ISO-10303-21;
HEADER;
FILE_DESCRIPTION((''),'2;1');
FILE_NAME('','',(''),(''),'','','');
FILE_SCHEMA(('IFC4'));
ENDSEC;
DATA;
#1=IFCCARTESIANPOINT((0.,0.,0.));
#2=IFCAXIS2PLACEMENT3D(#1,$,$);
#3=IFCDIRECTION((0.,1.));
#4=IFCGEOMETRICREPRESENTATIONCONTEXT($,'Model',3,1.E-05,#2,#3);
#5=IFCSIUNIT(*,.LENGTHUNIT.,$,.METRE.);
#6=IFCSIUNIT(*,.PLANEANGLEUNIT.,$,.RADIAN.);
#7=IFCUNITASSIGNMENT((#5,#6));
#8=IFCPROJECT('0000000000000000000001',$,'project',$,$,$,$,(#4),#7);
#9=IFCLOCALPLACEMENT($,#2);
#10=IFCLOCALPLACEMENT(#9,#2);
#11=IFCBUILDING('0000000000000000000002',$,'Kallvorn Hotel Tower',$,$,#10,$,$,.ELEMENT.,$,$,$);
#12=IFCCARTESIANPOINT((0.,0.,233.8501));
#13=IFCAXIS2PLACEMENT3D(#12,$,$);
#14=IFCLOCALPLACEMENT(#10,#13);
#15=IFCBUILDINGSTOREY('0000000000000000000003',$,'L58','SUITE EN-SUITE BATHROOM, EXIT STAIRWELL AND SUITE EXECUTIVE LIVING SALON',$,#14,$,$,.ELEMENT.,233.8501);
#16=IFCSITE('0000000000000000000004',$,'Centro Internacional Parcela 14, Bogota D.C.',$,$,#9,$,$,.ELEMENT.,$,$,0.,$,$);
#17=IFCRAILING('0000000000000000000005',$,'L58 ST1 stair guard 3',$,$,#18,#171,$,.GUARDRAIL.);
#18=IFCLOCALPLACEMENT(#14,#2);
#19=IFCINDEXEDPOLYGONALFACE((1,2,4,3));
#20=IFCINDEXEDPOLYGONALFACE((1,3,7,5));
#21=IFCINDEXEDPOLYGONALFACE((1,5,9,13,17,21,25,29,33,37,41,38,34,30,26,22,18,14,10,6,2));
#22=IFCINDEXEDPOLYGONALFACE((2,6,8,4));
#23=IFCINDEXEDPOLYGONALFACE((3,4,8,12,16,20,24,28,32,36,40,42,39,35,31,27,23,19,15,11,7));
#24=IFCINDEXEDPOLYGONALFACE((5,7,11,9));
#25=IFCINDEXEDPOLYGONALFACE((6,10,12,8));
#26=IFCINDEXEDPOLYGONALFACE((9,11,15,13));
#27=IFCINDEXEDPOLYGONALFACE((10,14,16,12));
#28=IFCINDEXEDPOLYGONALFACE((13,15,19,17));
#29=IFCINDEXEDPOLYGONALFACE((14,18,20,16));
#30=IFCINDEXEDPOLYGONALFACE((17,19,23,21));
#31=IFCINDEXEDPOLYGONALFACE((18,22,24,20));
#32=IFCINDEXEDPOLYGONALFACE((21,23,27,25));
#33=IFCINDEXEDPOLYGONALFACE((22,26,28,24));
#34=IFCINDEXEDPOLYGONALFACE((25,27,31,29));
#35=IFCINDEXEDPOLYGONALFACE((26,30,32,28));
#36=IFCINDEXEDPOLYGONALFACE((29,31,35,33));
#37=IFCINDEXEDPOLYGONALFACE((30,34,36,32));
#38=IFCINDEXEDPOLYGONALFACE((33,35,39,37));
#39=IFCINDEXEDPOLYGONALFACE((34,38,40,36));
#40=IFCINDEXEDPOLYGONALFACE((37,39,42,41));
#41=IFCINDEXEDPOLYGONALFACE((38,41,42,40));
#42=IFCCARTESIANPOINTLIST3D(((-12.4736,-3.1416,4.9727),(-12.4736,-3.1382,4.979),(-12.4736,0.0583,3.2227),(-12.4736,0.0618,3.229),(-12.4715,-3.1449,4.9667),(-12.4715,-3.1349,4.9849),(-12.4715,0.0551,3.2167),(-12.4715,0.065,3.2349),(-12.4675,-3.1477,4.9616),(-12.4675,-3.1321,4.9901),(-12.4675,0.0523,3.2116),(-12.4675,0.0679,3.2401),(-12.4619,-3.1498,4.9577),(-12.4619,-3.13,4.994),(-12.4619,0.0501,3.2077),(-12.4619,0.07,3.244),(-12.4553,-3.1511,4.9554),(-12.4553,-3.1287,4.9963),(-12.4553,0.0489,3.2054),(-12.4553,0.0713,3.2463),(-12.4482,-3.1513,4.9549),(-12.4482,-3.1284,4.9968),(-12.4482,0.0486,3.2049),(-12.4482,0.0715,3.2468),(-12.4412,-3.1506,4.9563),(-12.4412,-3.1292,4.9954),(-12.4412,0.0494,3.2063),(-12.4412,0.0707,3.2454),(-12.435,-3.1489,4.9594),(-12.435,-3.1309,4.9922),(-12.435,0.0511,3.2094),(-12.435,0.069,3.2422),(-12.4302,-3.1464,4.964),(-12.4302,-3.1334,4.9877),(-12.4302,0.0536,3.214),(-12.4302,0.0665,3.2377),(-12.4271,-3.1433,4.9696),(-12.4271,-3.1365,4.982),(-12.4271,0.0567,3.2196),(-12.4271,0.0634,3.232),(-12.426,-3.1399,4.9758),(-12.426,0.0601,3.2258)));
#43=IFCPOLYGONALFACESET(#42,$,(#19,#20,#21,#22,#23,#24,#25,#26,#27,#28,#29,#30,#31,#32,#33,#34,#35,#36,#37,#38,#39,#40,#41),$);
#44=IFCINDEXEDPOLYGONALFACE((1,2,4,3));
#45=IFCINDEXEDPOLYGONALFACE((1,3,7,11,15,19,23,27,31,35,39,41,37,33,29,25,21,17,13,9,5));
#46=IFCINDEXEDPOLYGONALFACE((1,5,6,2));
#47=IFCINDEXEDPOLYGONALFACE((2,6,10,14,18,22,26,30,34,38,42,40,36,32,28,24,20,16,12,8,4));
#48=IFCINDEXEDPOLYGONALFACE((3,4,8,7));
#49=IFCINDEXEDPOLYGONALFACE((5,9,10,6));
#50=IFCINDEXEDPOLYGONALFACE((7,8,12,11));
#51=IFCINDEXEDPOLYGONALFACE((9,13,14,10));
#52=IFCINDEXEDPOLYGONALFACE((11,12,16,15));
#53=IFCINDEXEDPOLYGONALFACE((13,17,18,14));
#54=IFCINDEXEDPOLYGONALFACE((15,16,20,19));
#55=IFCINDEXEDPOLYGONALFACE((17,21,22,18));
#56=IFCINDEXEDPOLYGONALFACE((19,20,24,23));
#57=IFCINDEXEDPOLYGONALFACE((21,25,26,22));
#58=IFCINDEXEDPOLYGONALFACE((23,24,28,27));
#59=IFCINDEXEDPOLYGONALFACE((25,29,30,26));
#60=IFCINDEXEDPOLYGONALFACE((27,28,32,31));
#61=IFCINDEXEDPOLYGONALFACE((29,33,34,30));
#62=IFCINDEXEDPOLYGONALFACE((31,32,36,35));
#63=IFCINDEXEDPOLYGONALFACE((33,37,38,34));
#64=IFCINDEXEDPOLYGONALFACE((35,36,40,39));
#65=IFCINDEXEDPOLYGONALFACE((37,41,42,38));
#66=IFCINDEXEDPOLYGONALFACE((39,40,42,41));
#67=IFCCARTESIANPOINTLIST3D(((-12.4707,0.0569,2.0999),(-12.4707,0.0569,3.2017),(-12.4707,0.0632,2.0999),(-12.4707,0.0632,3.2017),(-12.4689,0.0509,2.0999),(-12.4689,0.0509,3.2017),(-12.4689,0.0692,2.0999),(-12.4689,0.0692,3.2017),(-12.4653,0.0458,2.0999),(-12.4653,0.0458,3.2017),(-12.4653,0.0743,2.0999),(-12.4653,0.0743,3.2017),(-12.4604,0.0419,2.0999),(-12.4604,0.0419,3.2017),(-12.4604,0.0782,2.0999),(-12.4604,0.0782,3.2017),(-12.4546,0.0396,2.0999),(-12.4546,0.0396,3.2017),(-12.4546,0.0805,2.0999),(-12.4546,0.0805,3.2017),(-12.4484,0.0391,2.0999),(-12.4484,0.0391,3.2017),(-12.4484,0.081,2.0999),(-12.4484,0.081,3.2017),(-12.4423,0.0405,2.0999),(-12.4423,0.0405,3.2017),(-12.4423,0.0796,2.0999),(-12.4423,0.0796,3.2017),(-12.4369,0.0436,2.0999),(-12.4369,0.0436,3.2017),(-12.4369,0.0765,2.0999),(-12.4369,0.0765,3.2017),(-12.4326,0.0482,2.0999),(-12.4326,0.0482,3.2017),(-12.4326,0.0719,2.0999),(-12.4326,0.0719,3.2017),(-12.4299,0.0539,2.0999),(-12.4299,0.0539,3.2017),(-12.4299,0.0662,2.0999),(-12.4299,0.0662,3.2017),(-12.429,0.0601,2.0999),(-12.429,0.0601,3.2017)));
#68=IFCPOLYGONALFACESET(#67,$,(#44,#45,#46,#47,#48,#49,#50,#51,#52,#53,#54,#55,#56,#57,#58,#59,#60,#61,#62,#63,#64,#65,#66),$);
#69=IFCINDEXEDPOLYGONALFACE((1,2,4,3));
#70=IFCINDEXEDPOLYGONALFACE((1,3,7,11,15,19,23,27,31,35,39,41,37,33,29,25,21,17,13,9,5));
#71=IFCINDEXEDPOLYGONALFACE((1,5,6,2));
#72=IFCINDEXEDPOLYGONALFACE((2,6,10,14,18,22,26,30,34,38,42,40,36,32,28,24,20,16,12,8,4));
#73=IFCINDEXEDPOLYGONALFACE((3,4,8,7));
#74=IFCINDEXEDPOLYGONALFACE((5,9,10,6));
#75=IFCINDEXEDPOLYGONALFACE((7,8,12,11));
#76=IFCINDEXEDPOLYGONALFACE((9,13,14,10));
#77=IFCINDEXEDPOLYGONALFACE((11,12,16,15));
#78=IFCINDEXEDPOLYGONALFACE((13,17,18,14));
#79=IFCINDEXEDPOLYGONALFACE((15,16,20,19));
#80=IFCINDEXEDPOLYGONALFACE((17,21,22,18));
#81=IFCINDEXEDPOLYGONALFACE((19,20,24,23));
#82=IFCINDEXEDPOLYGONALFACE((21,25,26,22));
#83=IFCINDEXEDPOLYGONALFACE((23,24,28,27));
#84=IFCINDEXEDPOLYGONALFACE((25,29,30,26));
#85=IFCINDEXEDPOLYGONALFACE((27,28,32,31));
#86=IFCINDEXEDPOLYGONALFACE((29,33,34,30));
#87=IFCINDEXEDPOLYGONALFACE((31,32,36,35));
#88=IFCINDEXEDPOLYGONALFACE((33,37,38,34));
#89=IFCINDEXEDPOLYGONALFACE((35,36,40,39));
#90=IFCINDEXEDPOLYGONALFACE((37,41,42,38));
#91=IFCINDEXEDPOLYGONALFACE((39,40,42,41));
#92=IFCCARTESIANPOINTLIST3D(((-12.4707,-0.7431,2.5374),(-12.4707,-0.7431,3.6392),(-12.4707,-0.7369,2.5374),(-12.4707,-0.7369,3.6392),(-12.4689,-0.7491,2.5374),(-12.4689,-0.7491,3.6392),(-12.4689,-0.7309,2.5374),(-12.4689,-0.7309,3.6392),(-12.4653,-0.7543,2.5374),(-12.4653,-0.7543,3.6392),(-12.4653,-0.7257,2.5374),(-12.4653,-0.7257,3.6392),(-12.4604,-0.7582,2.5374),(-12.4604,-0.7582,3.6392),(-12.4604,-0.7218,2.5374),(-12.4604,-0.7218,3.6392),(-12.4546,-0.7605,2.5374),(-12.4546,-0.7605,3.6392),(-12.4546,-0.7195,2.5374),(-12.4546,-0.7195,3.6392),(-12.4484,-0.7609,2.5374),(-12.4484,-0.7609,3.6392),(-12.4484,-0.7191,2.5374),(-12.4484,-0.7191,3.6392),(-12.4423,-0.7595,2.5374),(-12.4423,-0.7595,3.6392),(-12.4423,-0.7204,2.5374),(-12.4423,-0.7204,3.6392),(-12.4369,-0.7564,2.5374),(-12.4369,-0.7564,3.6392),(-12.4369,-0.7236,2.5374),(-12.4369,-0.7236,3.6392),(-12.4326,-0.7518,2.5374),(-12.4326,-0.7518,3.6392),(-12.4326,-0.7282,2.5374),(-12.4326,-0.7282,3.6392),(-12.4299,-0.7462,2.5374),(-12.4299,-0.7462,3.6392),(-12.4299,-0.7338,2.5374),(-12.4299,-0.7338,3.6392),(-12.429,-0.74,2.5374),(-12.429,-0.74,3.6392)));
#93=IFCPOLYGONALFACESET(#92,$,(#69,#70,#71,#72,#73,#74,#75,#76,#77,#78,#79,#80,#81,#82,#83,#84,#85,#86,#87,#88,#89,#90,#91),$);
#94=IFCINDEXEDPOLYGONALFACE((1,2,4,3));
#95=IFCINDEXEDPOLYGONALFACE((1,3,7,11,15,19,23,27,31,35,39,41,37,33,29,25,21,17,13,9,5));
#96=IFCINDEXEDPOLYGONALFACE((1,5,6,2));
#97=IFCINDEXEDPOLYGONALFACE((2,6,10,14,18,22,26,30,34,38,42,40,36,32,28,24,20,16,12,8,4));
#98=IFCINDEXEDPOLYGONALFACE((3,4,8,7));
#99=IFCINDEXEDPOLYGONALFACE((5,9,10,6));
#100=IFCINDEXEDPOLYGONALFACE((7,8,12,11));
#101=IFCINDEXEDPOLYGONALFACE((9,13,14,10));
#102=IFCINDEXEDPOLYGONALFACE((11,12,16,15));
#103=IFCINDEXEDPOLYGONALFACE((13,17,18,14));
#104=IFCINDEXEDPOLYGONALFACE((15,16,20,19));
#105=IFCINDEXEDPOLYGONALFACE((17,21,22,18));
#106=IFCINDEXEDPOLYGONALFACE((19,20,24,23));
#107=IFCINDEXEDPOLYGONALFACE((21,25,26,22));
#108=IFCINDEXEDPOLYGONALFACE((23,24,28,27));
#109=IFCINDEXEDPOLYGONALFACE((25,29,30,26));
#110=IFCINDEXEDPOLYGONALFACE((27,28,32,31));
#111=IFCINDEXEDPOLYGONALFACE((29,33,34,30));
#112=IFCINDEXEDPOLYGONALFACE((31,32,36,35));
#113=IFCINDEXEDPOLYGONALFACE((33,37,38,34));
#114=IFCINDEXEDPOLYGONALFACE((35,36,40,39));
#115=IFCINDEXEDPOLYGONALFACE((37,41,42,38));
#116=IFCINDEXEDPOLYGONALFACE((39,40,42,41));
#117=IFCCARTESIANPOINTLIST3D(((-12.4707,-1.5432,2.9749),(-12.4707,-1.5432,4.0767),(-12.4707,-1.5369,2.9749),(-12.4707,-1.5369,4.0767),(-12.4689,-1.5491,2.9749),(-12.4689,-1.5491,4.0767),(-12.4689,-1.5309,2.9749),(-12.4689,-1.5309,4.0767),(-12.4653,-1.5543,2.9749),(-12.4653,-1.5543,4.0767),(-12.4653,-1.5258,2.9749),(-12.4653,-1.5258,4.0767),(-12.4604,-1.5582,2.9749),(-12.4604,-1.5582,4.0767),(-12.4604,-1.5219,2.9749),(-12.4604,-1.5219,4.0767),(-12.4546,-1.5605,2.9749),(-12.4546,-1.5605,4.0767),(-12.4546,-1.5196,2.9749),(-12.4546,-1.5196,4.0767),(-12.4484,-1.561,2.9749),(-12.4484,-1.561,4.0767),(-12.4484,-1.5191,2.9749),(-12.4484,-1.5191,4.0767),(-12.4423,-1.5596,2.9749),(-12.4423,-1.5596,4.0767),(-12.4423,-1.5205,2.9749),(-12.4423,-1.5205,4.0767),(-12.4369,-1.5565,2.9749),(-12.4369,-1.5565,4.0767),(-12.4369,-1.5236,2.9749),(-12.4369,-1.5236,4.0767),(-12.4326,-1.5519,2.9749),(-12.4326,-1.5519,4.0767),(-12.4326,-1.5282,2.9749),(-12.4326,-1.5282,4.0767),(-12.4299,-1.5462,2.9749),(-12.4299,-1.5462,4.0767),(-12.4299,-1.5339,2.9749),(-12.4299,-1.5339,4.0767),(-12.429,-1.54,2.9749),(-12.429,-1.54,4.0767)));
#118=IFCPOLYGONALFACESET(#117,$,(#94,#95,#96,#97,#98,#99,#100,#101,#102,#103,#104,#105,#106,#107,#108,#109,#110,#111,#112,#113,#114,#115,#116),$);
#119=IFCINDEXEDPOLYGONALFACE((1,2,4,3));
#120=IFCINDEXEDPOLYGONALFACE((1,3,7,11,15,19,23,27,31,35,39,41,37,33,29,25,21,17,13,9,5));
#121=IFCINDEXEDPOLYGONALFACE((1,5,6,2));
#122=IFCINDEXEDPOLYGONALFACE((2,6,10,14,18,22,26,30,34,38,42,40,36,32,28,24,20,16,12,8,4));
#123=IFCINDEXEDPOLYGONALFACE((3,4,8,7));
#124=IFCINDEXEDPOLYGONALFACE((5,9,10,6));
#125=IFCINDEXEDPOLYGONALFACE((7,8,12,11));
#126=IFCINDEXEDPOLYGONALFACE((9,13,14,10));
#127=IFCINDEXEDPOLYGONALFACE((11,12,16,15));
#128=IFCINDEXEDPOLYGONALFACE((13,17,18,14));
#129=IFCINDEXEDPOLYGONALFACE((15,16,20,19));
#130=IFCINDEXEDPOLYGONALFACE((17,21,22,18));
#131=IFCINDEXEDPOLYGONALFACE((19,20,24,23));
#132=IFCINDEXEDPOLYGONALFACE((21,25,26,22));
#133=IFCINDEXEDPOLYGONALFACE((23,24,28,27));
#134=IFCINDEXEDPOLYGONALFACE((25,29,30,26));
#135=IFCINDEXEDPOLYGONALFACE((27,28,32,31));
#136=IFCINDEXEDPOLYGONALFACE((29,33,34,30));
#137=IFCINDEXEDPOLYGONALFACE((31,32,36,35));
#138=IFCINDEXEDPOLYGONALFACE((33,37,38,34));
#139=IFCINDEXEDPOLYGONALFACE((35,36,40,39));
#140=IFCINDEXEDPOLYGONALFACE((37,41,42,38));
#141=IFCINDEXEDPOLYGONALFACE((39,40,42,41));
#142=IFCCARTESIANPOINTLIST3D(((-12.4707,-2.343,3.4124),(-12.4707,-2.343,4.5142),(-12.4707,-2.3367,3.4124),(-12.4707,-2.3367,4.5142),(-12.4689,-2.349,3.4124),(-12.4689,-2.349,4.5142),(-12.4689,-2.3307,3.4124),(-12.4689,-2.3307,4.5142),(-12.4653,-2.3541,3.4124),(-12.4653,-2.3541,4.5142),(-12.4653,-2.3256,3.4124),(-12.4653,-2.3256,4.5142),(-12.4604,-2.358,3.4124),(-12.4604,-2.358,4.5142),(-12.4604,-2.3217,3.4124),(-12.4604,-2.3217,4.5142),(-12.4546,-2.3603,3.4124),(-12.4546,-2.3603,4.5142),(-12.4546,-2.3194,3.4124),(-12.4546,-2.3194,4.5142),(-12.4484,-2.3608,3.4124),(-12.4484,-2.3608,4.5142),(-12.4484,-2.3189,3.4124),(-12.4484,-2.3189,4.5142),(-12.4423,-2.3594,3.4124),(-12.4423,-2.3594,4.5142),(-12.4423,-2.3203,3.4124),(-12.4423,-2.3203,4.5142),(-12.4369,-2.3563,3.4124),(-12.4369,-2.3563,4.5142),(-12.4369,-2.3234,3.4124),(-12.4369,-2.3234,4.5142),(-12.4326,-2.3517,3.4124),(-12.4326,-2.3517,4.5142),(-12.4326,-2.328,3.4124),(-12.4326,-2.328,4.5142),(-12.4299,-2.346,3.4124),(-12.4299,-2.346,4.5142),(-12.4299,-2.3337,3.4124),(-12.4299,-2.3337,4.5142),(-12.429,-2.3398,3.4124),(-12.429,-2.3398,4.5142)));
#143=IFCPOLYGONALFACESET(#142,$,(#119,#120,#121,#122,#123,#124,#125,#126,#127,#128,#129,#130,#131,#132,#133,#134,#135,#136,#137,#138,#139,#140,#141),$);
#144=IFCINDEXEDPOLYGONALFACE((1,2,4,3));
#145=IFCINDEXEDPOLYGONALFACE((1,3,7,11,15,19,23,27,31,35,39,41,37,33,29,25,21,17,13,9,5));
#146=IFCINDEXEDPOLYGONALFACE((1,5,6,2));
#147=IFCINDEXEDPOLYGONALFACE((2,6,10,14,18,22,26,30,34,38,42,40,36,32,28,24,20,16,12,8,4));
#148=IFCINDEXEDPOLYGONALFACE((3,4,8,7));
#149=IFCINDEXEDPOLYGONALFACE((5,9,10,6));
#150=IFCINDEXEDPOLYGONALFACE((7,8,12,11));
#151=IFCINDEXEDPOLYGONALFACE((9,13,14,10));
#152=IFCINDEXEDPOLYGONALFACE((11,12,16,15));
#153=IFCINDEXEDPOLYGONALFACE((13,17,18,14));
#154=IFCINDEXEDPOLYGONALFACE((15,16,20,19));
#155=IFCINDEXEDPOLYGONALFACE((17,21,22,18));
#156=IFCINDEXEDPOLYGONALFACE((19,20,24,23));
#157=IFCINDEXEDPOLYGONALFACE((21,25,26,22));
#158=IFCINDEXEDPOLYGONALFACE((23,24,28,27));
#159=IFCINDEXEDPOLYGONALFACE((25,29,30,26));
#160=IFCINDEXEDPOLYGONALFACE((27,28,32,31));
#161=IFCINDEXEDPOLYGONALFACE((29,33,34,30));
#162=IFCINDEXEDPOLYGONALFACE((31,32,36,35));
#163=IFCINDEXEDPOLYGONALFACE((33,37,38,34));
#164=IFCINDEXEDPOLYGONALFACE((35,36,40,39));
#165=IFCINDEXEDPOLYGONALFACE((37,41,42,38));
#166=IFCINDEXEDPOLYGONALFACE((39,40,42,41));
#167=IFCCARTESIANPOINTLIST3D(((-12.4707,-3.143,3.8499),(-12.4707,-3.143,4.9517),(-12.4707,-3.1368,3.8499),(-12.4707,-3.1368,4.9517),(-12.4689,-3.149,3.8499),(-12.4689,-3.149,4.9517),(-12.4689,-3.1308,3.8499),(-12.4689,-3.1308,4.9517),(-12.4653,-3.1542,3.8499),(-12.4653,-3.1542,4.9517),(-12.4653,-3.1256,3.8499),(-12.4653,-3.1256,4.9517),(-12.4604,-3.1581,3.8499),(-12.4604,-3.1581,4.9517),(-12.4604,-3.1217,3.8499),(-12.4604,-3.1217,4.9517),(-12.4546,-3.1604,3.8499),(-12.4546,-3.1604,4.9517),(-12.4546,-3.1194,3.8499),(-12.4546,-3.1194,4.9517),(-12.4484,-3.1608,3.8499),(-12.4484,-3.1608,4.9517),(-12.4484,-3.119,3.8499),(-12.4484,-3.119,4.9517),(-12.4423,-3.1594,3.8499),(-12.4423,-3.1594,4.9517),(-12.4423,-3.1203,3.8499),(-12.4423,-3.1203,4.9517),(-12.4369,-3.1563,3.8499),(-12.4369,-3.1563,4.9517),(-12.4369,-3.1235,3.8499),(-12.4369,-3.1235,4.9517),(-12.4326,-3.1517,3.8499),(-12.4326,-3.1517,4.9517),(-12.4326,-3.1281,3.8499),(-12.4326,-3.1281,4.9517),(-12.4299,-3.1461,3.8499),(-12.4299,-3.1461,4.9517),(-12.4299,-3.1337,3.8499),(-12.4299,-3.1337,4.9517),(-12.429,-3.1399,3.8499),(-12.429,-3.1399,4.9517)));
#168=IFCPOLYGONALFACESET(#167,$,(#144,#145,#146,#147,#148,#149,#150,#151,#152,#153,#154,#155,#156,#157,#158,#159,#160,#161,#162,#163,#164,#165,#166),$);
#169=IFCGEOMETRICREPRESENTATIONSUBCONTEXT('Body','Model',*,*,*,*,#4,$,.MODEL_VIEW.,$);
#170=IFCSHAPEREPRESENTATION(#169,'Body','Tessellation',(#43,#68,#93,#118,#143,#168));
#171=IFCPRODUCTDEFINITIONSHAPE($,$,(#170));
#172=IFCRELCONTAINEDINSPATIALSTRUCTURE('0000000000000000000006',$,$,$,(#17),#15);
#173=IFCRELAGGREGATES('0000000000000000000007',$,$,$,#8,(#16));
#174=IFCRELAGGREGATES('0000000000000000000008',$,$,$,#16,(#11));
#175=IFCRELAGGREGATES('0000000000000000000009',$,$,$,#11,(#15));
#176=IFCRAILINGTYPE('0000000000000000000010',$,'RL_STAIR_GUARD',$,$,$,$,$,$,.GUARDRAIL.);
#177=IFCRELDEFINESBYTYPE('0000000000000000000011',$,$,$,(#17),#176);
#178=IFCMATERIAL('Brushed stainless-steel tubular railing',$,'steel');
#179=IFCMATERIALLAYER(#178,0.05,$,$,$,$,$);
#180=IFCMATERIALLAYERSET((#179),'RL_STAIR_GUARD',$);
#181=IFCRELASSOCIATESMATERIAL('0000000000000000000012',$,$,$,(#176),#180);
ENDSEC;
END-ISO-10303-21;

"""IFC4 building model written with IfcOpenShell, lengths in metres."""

from ifc_helpers import new_model, si_unit, direction, frame, origin, origin_2d, place, context, subcontext, project, spatial, circle, extrude, material, layer, layer_set, type_object, element, save


model = new_model("IFC4")

# Units and contexts
model_context = context("Model", 3, precision=1e-05, world=origin(), true_north=direction((0.0, 1.0)))
body_context = subcontext(model_context, "Body", "Model", "MODEL_VIEW")
ifc_project = project(units=[si_unit("LENGTHUNIT", "METRE"), si_unit("PLANEANGLEUNIT", "RADIAN")], contexts=[model_context])

# Site, building, storey
site_placement = place(None, origin())
site = spatial("IfcSite", under=ifc_project, at=site_placement, Name="Centro Internacional Parcela 14, Bogota D.C.", CompositionType="ELEMENT", RefElevation=0.0)
building_placement = place(site_placement, origin())
building = spatial("IfcBuilding", under=site, at=building_placement, Name="Kallvorn Hotel Tower", CompositionType="ELEMENT")
storey_placement = place(building_placement, frame((0.0, 0.0, 233.8501)))
storey = spatial("IfcBuildingStorey", under=building, at=storey_placement, Name="L58", Description="SUITE EN-SUITE BATHROOM, EXIT STAIRWELL AND SUITE EXECUTIVE LIVING SALON", CompositionType="ELEMENT", Elevation=233.8501)

# Railing
ifc_material_1 = material(Name="Brushed stainless-steel tubular railing", Category="steel")
ifc_layer_1 = layer(ifc_material_1, 0.05)
ifc_layer_set_1 = layer_set([ifc_layer_1], Name="RL_STAIR_GUARD")
railing_type_1 = type_object("IfcRailingType", Name="RL_STAIR_GUARD", PredefinedType="GUARDRAIL", material=ifc_layer_set_1)
railing_1_placement = place(storey_placement, frame((-12.45, 0.0601, 2.0999)))
element("IfcRailing", 1, at=railing_1_placement, inside=storey, type_object=railing_type_1, Name="L58 ST1 stair guard 3", PredefinedType="GUARDRAIL", context=body_context, shape_type="SweptSolid", body=[
    extrude(circle(Radius=0.0239, at=origin_2d()), frame((0.0, 0.0, 1.126), z_axis=(0.0, -0.877368, 0.479818), x_axis=(1.0, 0.0, 0.0)), (0.0, 0.0, 1.0), 3.6472),
    extrude(circle(Radius=0.021, at=origin_2d()), origin(), (0.0, 0.0, 1.0), 1.1018),
    extrude(circle(Radius=0.021, at=origin_2d()), frame((0.0, -0.8, 0.4375)), (0.0, 0.0, 1.0), 1.1018),
    extrude(circle(Radius=0.021, at=origin_2d()), frame((0.0, -1.6001, 0.875)), (0.0, 0.0, 1.0), 1.1018),
    extrude(circle(Radius=0.021, at=origin_2d()), frame((0.0, -2.3999, 1.3125)), (0.0, 0.0, 1.0), 1.1018),
    extrude(circle(Radius=0.021, at=origin_2d()), frame((0.0, -3.2, 1.75)), (0.0, 0.0, 1.0), 1.1018),
])

save(model, "model.ifc")
